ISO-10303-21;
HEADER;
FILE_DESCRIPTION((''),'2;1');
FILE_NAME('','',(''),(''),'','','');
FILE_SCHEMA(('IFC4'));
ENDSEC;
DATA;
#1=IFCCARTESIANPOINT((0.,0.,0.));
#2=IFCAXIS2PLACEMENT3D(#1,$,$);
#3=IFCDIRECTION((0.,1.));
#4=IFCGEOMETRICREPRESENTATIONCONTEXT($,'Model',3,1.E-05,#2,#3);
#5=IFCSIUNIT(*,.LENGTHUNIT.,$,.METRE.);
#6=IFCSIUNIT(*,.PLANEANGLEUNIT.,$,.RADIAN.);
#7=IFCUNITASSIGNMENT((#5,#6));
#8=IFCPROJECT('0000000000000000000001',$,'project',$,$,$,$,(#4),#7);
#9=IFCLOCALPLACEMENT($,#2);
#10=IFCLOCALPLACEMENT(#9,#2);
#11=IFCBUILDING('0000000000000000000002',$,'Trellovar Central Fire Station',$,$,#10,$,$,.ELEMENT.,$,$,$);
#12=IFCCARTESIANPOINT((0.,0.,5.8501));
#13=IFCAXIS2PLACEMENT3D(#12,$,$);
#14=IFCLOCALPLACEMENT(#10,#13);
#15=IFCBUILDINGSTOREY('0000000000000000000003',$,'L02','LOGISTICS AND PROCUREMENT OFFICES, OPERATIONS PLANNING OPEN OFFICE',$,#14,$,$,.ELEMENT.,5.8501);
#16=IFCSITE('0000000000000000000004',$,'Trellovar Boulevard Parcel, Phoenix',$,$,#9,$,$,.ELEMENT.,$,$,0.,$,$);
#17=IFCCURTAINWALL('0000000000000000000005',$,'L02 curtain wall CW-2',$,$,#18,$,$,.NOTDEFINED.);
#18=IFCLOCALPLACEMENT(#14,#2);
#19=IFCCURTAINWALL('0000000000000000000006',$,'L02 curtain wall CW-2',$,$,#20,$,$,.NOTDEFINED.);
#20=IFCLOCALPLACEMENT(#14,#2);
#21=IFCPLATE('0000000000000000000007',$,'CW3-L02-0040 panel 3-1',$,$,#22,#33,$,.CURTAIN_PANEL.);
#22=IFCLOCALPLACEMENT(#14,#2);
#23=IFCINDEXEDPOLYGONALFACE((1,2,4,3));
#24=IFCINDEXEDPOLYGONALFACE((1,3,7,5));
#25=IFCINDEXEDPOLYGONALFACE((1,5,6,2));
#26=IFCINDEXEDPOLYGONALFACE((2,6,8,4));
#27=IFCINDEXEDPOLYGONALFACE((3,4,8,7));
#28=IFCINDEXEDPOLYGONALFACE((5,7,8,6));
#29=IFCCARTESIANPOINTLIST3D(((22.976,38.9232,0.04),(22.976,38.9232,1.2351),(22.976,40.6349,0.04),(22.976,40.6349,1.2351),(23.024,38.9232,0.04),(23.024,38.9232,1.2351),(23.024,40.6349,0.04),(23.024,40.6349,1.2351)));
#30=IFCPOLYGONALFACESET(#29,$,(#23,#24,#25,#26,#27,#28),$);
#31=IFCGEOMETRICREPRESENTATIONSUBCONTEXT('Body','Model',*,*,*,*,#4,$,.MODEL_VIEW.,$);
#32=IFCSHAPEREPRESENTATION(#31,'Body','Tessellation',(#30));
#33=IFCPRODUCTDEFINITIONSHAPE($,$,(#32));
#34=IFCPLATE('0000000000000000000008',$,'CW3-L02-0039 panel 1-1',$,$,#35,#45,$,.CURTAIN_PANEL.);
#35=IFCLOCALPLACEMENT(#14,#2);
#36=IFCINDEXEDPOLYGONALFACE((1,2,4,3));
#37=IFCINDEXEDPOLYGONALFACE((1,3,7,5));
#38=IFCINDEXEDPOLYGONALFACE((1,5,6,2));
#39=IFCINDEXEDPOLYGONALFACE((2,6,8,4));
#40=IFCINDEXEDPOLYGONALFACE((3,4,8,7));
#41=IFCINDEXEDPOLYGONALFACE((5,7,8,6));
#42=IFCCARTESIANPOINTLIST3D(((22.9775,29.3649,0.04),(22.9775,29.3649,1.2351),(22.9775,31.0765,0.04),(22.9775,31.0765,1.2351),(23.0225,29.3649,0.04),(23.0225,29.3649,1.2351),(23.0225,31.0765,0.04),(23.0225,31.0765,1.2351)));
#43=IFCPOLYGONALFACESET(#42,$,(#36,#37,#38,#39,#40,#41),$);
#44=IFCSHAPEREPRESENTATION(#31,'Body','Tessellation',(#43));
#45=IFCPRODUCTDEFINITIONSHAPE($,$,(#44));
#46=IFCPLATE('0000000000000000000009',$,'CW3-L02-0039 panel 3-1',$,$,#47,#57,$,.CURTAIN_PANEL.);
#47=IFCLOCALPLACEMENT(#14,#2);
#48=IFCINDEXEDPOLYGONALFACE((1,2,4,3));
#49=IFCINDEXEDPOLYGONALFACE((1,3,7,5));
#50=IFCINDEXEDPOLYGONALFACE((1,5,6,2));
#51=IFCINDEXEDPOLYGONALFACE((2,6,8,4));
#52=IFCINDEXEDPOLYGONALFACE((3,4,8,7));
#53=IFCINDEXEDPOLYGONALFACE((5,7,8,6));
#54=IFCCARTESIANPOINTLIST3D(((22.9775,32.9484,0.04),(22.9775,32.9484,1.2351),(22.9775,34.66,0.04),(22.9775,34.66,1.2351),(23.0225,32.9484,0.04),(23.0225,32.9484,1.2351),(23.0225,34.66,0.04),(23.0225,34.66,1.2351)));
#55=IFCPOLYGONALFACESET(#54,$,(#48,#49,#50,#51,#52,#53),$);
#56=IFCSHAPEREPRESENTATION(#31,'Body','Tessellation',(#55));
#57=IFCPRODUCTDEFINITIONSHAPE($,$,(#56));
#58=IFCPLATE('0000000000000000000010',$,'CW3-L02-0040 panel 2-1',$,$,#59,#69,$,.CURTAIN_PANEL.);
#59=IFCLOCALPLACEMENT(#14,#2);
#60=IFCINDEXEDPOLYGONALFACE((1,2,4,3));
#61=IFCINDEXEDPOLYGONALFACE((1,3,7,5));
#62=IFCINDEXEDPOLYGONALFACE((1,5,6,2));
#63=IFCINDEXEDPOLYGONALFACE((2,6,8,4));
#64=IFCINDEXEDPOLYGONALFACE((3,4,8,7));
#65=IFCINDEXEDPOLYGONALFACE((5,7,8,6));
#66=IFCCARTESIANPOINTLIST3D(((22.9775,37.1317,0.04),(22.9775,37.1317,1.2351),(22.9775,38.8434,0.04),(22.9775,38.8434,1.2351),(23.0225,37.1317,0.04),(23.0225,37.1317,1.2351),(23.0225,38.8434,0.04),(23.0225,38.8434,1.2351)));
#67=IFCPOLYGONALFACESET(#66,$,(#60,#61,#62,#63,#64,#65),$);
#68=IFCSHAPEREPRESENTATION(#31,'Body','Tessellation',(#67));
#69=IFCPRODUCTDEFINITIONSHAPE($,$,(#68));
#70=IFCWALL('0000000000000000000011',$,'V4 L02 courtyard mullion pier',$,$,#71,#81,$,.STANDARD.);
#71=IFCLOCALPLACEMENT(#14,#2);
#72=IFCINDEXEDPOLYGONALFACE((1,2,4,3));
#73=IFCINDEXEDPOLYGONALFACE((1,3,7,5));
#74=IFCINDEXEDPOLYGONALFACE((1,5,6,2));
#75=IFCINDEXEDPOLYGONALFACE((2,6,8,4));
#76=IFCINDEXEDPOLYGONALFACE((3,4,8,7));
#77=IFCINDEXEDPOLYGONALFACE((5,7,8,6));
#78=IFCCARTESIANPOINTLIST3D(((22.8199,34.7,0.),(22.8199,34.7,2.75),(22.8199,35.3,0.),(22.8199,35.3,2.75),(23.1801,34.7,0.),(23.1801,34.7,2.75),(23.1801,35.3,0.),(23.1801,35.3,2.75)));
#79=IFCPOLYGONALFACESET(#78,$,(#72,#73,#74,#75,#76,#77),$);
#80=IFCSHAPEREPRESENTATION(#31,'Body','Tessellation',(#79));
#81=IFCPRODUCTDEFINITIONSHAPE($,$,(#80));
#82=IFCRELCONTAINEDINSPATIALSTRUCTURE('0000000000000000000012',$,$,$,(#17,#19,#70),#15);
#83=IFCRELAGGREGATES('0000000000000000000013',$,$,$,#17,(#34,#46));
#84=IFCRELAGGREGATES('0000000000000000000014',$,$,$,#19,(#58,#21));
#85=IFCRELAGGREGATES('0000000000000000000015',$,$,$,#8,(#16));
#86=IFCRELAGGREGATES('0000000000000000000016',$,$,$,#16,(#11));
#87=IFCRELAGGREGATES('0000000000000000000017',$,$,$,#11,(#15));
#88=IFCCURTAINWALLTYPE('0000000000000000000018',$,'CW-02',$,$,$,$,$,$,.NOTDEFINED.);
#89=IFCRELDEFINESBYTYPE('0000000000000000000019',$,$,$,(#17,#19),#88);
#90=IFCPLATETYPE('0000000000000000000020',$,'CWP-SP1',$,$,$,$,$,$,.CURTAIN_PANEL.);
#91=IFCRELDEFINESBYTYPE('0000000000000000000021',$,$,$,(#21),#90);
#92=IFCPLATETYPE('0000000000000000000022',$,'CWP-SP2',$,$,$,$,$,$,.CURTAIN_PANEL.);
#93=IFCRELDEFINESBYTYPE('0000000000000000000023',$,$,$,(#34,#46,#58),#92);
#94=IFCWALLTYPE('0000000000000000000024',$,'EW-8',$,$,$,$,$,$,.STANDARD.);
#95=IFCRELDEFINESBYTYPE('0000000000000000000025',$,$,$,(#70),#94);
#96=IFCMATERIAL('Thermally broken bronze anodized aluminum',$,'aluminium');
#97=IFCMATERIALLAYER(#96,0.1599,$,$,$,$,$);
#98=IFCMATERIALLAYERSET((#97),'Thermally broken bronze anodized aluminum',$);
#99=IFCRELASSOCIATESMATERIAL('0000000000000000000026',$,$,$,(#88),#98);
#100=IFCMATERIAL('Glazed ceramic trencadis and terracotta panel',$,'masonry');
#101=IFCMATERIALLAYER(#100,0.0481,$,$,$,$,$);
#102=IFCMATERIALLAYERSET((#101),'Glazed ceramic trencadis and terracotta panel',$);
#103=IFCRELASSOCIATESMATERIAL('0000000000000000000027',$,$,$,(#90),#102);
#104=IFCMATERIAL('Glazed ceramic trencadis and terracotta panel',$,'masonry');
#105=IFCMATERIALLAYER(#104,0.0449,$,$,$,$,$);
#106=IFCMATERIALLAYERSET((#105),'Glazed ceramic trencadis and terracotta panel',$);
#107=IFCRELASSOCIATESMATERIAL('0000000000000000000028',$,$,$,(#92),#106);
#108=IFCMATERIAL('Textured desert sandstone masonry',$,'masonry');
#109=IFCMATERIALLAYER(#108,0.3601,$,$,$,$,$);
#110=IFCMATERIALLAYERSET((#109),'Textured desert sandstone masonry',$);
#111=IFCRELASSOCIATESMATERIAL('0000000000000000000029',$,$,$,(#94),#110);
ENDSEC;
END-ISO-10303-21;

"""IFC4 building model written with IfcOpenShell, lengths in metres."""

from ifc_helpers import new_model, si_unit, direction, frame, frame_2d, origin, origin_2d, place, context, subcontext, project, spatial, rectangle, extrude, material, layer, layer_set, type_object, element, aggregate, save


model = new_model("IFC4")

# Units and contexts
model_context = context("Model", 3, precision=1e-05, world=origin(), true_north=direction((0.0, 1.0)))
body_context = subcontext(model_context, "Body", "Model", "MODEL_VIEW")
ifc_project = project(units=[si_unit("LENGTHUNIT", "METRE"), si_unit("PLANEANGLEUNIT", "RADIAN")], contexts=[model_context])

# Site, building, storey
site_placement = place(None, origin())
site = spatial("IfcSite", under=ifc_project, at=site_placement, Name="Trellovar Boulevard Parcel, Phoenix", CompositionType="ELEMENT", RefElevation=0.0)
building_placement = place(site_placement, origin())
building = spatial("IfcBuilding", under=site, at=building_placement, Name="Trellovar Central Fire Station", CompositionType="ELEMENT")
storey_placement = place(building_placement, frame((0.0, 0.0, 5.8501)))
storey = spatial("IfcBuildingStorey", under=building, at=storey_placement, Name="L02", Description="LOGISTICS AND PROCUREMENT OFFICES, OPERATIONS PLANNING OPEN OFFICE", CompositionType="ELEMENT", Elevation=5.8501)

# Curtain walls
ifc_material_1 = material(Name="Thermally broken bronze anodized aluminum", Category="aluminium")
ifc_layer_1 = layer(ifc_material_1, 0.1599)
ifc_layer_set_1 = layer_set([ifc_layer_1], Name="Thermally broken bronze anodized aluminum")
curtain_wall_type = type_object("IfcCurtainWallType", Name="CW-02", PredefinedType="NOTDEFINED", material=ifc_layer_set_1)
curtain_wall_1_placement = place(storey_placement, origin())
curtain_wall_1 = element("IfcCurtainWall", 1, at=curtain_wall_1_placement, inside=storey, type_object=curtain_wall_type, Name="L02 curtain wall CW-2", PredefinedType="NOTDEFINED")
curtain_wall_2_placement = place(storey_placement, origin())
curtain_wall_2 = element("IfcCurtainWall", 2, at=curtain_wall_2_placement, inside=storey, type_object=curtain_wall_type, Name="L02 curtain wall CW-2", PredefinedType="NOTDEFINED")

# Plates
ifc_material_2 = material(Name="Glazed ceramic trencadis and terracotta panel", Category="masonry")
ifc_layer_2 = layer(ifc_material_2, 0.0481)
ifc_layer_set_2 = layer_set([ifc_layer_2], Name="Glazed ceramic trencadis and terracotta panel")
plate_type_1 = type_object("IfcPlateType", Name="CWP-SP1", PredefinedType="CURTAIN_PANEL", material=ifc_layer_set_2)
plate_1_placement = place(storey_placement, frame((23.0, 39.7791, 0.04), z_axis=(0.0, 0.0, 1.0), x_axis=(0.0, 1.0, 0.0)))
plate_1 = element("IfcPlate", 3, at=plate_1_placement, type_object=plate_type_1, Name="CW3-L02-0040 panel 3-1", PredefinedType="CURTAIN_PANEL", context=body_context, shape_type="SweptSolid", body=[
    extrude(rectangle(XDim=1.7117, YDim=0.0481, at=origin_2d()), origin(), (0.0, 0.0, 1.0), 1.1951),
])
ifc_material_3 = material(Name="Glazed ceramic trencadis and terracotta panel", Category="masonry")
ifc_layer_3 = layer(ifc_material_3, 0.0449)
ifc_layer_set_3 = layer_set([ifc_layer_3], Name="Glazed ceramic trencadis and terracotta panel")
plate_type_2 = type_object("IfcPlateType", Name="CWP-SP2", PredefinedType="CURTAIN_PANEL", material=ifc_layer_set_3)
plate_2_placement = place(storey_placement, frame((23.0, 30.2207, 0.04), z_axis=(0.0, 0.0, 1.0), x_axis=(0.0, 1.0, 0.0)))
plate_2 = element("IfcPlate", 4, at=plate_2_placement, type_object=plate_type_2, Name="CW3-L02-0039 panel 1-1", PredefinedType="CURTAIN_PANEL", context=body_context, shape_type="SweptSolid", body=[
    extrude(rectangle(XDim=1.7117, YDim=0.0449, at=origin_2d()), origin(), (0.0, 0.0, 1.0), 1.1951),
])
plate_3_placement = place(storey_placement, frame((23.0, 33.8042, 0.04), z_axis=(0.0, 0.0, 1.0), x_axis=(0.0, 1.0, 0.0)))
plate_3 = element("IfcPlate", 5, at=plate_3_placement, type_object=plate_type_2, Name="CW3-L02-0039 panel 3-1", PredefinedType="CURTAIN_PANEL", context=body_context, shape_type="SweptSolid", body=[
    extrude(rectangle(XDim=1.7117, YDim=0.0449, at=origin_2d()), origin(), (0.0, 0.0, 1.0), 1.1951),
])
aggregate(curtain_wall_1, [plate_2, plate_3])
plate_4_placement = place(storey_placement, frame((23.0, 37.9875, 0.04), z_axis=(0.0, 0.0, 1.0), x_axis=(0.0, 1.0, 0.0)))
plate_4 = element("IfcPlate", 6, at=plate_4_placement, type_object=plate_type_2, Name="CW3-L02-0040 panel 2-1", PredefinedType="CURTAIN_PANEL", context=body_context, shape_type="SweptSolid", body=[
    extrude(rectangle(XDim=1.7117, YDim=0.0449, at=origin_2d()), origin(), (0.0, 0.0, 1.0), 1.1951),
])
aggregate(curtain_wall_2, [plate_4, plate_1])

# Wall
ifc_material_4 = material(Name="Textured desert sandstone masonry", Category="masonry")
ifc_layer_4 = layer(ifc_material_4, 0.3601)
ifc_layer_set_4 = layer_set([ifc_layer_4], Name="Textured desert sandstone masonry")
wall_type = type_object("IfcWallType", Name="EW-8", PredefinedType="STANDARD", material=ifc_layer_set_4)
wall_placement = place(storey_placement, frame((23.0, 34.7, 0.0), z_axis=(0.0, 0.0, 1.0), x_axis=(0.0, 1.0, 0.0)))
element("IfcWall", 7, at=wall_placement, inside=storey, type_object=wall_type, Name="V4 L02 courtyard mullion pier", PredefinedType="STANDARD", context=body_context, shape_type="SweptSolid", body=[
    extrude(rectangle(XDim=0.6001, YDim=0.3601, at=frame_2d((0.3, 0.0))), origin(), (0.0, 0.0, 1.0), 2.75),
])

save(model, "model.ifc")
